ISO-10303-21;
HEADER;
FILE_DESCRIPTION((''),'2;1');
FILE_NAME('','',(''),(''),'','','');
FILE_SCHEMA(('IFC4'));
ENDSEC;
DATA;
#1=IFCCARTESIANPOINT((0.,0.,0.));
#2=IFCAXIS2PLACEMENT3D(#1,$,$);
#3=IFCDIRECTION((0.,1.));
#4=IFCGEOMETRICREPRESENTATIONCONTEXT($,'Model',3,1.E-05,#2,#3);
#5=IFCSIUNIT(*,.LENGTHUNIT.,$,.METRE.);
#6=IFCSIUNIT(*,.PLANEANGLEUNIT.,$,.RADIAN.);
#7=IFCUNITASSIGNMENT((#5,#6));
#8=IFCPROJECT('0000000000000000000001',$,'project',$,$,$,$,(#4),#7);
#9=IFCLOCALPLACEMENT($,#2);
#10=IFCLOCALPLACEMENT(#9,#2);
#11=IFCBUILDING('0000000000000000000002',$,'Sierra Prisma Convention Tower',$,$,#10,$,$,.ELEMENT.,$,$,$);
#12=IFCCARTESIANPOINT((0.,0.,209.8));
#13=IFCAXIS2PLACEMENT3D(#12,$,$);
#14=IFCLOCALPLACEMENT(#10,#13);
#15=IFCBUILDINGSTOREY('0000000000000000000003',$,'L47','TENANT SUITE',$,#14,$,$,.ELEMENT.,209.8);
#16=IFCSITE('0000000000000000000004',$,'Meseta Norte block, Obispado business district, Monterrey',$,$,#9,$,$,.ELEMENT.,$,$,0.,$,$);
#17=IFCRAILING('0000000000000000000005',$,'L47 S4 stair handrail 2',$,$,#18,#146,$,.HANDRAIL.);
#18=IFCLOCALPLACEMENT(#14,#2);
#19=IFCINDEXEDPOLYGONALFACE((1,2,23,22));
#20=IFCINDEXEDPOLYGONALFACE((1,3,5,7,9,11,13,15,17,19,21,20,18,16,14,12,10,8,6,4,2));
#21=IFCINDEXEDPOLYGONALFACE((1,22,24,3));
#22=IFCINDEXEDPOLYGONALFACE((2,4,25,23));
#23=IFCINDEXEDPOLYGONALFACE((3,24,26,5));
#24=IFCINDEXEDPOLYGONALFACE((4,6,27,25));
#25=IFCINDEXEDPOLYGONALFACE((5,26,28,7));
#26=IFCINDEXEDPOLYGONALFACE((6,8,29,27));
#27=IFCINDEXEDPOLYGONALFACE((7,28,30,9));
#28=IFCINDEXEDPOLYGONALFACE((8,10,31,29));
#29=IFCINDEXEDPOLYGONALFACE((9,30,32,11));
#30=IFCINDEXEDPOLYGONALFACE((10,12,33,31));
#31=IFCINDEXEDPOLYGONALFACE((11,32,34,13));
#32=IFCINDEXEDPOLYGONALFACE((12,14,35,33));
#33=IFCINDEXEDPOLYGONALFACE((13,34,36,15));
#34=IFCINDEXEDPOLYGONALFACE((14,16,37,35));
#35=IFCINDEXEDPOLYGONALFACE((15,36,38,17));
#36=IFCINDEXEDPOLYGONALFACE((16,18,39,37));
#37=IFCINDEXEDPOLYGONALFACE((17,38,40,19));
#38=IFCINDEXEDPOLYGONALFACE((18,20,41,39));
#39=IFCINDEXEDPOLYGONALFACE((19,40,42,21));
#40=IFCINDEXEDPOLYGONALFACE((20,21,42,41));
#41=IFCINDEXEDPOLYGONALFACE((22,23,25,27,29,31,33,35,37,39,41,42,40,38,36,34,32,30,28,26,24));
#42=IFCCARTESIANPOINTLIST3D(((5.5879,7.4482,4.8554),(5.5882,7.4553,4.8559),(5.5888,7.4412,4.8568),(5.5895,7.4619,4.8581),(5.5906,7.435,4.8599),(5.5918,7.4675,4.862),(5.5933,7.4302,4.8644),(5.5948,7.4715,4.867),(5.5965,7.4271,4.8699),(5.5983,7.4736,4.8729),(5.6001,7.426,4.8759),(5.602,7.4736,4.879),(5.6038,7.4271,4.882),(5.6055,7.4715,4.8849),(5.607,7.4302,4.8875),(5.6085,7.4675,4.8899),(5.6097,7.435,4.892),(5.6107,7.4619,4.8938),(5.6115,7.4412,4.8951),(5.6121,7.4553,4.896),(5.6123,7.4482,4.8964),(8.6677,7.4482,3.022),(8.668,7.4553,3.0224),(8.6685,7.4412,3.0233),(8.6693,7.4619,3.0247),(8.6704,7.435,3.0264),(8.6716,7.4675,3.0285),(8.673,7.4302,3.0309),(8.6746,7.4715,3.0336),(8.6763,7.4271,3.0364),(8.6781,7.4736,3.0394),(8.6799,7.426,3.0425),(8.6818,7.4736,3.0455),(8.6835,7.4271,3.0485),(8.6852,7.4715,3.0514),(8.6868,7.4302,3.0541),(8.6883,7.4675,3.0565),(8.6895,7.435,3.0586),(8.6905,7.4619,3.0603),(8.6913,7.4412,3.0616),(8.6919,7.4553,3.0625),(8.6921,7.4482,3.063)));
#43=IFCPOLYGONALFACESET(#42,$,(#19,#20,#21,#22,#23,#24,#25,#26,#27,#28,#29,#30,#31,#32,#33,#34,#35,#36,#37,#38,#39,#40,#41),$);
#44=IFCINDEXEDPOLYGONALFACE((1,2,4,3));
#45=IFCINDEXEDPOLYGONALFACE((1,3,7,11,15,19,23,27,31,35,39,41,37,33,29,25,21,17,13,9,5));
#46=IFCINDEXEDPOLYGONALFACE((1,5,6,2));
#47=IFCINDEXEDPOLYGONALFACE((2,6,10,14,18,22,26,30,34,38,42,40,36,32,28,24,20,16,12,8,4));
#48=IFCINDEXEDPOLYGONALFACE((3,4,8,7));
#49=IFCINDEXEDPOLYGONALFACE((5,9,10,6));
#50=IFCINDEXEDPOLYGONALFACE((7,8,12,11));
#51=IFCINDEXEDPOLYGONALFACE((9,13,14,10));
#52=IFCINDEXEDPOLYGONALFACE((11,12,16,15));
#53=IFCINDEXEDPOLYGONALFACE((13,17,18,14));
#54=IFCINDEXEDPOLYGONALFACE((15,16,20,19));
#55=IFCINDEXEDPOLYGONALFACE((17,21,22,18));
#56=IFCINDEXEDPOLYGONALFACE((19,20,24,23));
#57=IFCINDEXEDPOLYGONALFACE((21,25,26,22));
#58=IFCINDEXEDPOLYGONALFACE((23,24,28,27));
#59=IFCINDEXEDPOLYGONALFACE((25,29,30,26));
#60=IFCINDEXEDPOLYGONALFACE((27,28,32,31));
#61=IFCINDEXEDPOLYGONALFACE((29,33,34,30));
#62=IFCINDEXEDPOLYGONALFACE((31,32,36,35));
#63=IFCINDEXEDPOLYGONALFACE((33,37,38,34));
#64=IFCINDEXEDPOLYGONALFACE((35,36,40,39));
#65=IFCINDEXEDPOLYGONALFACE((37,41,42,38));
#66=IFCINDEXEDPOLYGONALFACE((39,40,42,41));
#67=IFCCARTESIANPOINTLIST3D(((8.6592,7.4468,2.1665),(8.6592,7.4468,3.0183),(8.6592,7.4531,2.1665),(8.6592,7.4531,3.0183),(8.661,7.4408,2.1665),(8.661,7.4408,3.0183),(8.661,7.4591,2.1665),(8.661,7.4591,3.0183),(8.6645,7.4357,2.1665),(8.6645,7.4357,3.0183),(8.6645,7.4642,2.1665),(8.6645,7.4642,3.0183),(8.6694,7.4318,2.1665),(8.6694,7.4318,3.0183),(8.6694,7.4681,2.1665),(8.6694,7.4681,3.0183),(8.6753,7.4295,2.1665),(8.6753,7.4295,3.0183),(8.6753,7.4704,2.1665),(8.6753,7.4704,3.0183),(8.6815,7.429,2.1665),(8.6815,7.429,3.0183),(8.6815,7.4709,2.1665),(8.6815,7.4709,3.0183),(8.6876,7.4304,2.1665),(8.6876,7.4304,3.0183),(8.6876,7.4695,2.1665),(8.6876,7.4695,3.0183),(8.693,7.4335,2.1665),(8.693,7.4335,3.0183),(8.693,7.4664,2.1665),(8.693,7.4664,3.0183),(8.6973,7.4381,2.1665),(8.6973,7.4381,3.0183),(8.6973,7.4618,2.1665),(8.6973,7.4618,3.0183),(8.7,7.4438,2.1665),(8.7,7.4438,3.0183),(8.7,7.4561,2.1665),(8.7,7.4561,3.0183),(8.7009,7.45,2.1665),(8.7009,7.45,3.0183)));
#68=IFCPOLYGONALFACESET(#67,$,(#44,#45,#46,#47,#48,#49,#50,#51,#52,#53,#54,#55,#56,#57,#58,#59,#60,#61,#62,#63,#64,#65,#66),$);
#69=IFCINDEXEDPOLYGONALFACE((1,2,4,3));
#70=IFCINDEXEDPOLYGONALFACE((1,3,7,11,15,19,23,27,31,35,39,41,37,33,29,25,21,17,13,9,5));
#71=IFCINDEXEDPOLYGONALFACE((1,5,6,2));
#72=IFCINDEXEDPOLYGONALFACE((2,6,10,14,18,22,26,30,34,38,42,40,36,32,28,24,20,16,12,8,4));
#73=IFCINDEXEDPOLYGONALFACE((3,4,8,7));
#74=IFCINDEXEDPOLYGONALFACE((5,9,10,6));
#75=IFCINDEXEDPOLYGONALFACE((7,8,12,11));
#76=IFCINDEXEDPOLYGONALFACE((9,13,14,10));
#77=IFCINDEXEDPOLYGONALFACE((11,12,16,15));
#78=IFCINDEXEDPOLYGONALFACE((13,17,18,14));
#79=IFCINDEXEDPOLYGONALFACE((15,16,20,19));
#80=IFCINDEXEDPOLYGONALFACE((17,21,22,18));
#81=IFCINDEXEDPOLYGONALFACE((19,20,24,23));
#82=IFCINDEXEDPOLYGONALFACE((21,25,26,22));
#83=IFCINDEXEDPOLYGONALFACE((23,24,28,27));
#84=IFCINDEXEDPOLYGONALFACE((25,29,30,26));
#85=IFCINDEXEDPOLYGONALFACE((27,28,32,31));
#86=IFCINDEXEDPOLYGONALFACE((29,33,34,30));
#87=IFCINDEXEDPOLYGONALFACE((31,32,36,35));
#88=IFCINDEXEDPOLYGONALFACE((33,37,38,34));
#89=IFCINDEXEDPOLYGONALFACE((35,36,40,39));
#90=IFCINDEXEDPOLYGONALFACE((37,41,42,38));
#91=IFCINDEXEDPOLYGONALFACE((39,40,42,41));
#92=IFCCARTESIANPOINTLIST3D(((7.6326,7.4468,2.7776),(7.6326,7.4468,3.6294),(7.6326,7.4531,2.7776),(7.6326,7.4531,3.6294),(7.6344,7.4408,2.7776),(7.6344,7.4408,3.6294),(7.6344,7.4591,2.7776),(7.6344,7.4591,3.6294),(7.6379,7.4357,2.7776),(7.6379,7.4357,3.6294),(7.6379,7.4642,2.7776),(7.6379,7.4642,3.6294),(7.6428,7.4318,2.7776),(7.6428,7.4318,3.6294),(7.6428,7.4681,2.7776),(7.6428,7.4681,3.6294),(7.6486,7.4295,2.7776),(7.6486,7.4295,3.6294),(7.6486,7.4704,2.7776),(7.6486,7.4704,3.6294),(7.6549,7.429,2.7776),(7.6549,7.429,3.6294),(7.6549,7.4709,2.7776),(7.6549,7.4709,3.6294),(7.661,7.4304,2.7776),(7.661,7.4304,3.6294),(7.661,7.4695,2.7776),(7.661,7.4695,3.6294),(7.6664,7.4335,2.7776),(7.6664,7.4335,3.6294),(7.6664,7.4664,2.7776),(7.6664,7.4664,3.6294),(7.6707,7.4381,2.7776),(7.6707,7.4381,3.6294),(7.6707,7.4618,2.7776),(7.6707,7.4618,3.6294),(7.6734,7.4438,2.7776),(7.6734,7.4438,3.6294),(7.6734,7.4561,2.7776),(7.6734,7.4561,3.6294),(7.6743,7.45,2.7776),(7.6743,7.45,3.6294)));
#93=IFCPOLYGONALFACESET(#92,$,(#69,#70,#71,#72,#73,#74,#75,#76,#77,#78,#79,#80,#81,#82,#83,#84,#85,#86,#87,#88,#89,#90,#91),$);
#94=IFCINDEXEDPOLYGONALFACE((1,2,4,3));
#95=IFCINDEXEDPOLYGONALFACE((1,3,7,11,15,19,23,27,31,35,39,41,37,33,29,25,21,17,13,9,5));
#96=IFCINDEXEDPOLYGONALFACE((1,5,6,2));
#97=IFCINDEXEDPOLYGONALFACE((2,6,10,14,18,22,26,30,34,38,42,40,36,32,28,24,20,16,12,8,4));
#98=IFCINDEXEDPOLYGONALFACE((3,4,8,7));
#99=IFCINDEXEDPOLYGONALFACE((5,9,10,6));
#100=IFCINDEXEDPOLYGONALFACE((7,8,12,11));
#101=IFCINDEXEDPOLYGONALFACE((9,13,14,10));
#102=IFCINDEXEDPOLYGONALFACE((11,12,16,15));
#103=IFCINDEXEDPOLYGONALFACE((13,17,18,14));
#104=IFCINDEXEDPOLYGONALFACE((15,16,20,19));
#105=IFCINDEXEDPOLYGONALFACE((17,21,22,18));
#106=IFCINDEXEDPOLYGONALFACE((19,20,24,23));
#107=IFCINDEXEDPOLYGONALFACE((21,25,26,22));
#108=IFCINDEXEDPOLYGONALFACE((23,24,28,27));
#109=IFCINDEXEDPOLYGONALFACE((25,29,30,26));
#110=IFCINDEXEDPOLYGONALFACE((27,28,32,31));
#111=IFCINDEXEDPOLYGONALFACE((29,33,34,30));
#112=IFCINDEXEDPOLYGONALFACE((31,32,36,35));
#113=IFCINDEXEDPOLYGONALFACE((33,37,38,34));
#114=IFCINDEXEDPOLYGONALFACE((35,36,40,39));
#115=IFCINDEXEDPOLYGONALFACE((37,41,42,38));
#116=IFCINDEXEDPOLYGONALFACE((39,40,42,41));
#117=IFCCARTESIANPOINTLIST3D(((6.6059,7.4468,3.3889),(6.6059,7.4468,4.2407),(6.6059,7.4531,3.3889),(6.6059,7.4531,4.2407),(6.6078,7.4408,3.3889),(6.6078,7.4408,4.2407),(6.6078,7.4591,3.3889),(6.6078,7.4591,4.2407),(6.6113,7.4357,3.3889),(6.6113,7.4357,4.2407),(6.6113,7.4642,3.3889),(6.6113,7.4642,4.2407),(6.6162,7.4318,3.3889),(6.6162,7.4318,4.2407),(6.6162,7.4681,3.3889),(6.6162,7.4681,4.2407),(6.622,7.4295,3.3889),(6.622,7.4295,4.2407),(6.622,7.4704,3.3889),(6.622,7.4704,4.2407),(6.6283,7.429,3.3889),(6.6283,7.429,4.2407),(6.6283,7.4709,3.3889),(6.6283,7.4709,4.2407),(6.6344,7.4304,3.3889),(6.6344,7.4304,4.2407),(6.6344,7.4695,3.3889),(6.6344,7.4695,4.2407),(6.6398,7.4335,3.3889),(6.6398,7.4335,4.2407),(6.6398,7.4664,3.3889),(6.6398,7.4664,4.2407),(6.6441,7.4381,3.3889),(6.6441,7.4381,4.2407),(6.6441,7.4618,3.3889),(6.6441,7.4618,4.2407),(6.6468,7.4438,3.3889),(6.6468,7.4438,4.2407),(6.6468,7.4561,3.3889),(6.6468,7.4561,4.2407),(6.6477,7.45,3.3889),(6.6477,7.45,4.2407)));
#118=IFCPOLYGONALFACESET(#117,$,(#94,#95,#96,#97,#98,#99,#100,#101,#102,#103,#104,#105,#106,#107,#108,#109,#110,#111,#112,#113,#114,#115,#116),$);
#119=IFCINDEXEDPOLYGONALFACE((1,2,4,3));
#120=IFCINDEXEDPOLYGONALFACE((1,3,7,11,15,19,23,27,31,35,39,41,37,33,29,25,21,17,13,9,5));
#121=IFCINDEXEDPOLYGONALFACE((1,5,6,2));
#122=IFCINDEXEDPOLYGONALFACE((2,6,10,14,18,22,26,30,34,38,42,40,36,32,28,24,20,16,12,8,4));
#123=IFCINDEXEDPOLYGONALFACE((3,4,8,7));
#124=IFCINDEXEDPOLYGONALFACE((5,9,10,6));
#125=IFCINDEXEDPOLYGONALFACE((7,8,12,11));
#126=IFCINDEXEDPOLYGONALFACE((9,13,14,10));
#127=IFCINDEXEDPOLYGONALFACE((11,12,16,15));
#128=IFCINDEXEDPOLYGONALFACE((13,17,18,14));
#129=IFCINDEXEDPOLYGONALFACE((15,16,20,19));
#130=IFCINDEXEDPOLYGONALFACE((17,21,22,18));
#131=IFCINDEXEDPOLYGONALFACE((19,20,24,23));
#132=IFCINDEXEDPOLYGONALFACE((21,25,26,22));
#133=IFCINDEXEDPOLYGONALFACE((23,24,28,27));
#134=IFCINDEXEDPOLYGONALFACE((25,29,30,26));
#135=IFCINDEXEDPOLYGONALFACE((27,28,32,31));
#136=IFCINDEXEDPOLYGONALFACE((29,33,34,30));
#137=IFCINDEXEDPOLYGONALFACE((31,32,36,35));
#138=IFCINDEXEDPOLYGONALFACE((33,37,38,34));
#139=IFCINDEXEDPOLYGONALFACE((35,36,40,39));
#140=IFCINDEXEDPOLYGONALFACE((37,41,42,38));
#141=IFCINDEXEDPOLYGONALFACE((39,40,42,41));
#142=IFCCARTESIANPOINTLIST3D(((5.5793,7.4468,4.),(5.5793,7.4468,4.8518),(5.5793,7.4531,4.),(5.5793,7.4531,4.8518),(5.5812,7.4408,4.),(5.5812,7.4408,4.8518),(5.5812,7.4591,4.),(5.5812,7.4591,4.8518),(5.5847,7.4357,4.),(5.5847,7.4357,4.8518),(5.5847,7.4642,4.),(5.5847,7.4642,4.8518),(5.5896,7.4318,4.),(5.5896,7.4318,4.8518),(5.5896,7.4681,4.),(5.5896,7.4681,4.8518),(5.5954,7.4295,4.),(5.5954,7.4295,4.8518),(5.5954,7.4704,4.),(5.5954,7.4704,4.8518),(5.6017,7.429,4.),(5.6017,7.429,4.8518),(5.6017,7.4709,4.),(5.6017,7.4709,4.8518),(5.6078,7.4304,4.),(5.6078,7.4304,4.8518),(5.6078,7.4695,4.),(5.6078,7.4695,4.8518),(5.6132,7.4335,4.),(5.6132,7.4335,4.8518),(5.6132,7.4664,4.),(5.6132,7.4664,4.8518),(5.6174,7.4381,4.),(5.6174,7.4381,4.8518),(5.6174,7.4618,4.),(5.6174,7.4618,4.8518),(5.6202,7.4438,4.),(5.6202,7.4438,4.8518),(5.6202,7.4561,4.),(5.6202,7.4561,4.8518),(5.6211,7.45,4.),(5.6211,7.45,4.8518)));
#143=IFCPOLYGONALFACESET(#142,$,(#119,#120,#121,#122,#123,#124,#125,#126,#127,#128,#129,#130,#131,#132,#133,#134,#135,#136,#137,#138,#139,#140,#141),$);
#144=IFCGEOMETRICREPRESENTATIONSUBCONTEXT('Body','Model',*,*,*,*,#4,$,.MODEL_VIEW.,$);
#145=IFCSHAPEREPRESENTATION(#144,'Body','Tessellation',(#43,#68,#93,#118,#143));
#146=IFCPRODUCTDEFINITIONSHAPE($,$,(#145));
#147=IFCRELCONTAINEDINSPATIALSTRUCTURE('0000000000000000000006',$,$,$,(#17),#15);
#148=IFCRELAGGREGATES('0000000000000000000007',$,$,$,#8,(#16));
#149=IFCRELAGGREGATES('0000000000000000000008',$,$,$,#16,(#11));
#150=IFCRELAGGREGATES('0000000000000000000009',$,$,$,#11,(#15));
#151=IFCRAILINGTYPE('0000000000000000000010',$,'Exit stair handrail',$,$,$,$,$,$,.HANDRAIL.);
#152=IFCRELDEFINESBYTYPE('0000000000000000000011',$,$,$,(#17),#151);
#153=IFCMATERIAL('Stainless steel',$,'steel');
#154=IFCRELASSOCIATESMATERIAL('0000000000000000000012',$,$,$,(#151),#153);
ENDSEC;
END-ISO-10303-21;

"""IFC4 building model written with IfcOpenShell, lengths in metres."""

from ifc_helpers import new_model, si_unit, direction, frame, origin, origin_2d, place, context, subcontext, project, spatial, circle, extrude, material, type_object, element, save


model = new_model("IFC4")

# Units and contexts
model_context = context("Model", 3, precision=1e-05, world=origin(), true_north=direction((0.0, 1.0)))
body_context = subcontext(model_context, "Body", "Model", "MODEL_VIEW")
ifc_project = project(units=[si_unit("LENGTHUNIT", "METRE"), si_unit("PLANEANGLEUNIT", "RADIAN")], contexts=[model_context])

# Site, building, storey
site_placement = place(None, origin())
site = spatial("IfcSite", under=ifc_project, at=site_placement, Name="Meseta Norte block, Obispado business district, Monterrey", CompositionType="ELEMENT", RefElevation=0.0)
building_placement = place(site_placement, origin())
building = spatial("IfcBuilding", under=site, at=building_placement, Name="Sierra Prisma Convention Tower", CompositionType="ELEMENT")
storey_placement = place(building_placement, frame((0.0, 0.0, 209.8)))
storey = spatial("IfcBuildingStorey", under=building, at=storey_placement, Name="L47", Description="TENANT SUITE", CompositionType="ELEMENT", Elevation=209.8)

# Railing
ifc_material_1 = material(Name="Stainless steel", Category="steel")
railing_type = type_object("IfcRailingType", Name="Exit stair handrail", PredefinedType="HANDRAIL", material=ifc_material_1)
railing_placement = place(storey_placement, frame((8.6799, 7.45, 2.1665)))
element("IfcRailing", 1, at=railing_placement, inside=storey, type_object=railing_type, Name="L47 S4 stair handrail 2", PredefinedType="HANDRAIL", context=body_context, shape_type="SweptSolid", body=[
    extrude(circle(Radius=0.0239, at=origin_2d()), frame((0.0, 0.0, 0.876), z_axis=(-0.859261, 0.0, 0.511538), x_axis=(0.0, -1.0, 0.0)), (0.0, 0.0, 1.0), 3.5842),
    extrude(circle(Radius=0.021, at=origin_2d()), origin(), (0.0, 0.0, 1.0), 0.8518),
    extrude(circle(Radius=0.021, at=origin_2d()), frame((-1.0266, 0.0, 0.6111)), (0.0, 0.0, 1.0), 0.8518),
    extrude(circle(Radius=0.021, at=origin_2d()), frame((-2.0532, 0.0, 1.2224)), (0.0, 0.0, 1.0), 0.8518),
    extrude(circle(Radius=0.021, at=origin_2d()), frame((-3.0798, 0.0, 1.8335)), (0.0, 0.0, 1.0), 0.8518),
])

save(model, "model.ifc")
